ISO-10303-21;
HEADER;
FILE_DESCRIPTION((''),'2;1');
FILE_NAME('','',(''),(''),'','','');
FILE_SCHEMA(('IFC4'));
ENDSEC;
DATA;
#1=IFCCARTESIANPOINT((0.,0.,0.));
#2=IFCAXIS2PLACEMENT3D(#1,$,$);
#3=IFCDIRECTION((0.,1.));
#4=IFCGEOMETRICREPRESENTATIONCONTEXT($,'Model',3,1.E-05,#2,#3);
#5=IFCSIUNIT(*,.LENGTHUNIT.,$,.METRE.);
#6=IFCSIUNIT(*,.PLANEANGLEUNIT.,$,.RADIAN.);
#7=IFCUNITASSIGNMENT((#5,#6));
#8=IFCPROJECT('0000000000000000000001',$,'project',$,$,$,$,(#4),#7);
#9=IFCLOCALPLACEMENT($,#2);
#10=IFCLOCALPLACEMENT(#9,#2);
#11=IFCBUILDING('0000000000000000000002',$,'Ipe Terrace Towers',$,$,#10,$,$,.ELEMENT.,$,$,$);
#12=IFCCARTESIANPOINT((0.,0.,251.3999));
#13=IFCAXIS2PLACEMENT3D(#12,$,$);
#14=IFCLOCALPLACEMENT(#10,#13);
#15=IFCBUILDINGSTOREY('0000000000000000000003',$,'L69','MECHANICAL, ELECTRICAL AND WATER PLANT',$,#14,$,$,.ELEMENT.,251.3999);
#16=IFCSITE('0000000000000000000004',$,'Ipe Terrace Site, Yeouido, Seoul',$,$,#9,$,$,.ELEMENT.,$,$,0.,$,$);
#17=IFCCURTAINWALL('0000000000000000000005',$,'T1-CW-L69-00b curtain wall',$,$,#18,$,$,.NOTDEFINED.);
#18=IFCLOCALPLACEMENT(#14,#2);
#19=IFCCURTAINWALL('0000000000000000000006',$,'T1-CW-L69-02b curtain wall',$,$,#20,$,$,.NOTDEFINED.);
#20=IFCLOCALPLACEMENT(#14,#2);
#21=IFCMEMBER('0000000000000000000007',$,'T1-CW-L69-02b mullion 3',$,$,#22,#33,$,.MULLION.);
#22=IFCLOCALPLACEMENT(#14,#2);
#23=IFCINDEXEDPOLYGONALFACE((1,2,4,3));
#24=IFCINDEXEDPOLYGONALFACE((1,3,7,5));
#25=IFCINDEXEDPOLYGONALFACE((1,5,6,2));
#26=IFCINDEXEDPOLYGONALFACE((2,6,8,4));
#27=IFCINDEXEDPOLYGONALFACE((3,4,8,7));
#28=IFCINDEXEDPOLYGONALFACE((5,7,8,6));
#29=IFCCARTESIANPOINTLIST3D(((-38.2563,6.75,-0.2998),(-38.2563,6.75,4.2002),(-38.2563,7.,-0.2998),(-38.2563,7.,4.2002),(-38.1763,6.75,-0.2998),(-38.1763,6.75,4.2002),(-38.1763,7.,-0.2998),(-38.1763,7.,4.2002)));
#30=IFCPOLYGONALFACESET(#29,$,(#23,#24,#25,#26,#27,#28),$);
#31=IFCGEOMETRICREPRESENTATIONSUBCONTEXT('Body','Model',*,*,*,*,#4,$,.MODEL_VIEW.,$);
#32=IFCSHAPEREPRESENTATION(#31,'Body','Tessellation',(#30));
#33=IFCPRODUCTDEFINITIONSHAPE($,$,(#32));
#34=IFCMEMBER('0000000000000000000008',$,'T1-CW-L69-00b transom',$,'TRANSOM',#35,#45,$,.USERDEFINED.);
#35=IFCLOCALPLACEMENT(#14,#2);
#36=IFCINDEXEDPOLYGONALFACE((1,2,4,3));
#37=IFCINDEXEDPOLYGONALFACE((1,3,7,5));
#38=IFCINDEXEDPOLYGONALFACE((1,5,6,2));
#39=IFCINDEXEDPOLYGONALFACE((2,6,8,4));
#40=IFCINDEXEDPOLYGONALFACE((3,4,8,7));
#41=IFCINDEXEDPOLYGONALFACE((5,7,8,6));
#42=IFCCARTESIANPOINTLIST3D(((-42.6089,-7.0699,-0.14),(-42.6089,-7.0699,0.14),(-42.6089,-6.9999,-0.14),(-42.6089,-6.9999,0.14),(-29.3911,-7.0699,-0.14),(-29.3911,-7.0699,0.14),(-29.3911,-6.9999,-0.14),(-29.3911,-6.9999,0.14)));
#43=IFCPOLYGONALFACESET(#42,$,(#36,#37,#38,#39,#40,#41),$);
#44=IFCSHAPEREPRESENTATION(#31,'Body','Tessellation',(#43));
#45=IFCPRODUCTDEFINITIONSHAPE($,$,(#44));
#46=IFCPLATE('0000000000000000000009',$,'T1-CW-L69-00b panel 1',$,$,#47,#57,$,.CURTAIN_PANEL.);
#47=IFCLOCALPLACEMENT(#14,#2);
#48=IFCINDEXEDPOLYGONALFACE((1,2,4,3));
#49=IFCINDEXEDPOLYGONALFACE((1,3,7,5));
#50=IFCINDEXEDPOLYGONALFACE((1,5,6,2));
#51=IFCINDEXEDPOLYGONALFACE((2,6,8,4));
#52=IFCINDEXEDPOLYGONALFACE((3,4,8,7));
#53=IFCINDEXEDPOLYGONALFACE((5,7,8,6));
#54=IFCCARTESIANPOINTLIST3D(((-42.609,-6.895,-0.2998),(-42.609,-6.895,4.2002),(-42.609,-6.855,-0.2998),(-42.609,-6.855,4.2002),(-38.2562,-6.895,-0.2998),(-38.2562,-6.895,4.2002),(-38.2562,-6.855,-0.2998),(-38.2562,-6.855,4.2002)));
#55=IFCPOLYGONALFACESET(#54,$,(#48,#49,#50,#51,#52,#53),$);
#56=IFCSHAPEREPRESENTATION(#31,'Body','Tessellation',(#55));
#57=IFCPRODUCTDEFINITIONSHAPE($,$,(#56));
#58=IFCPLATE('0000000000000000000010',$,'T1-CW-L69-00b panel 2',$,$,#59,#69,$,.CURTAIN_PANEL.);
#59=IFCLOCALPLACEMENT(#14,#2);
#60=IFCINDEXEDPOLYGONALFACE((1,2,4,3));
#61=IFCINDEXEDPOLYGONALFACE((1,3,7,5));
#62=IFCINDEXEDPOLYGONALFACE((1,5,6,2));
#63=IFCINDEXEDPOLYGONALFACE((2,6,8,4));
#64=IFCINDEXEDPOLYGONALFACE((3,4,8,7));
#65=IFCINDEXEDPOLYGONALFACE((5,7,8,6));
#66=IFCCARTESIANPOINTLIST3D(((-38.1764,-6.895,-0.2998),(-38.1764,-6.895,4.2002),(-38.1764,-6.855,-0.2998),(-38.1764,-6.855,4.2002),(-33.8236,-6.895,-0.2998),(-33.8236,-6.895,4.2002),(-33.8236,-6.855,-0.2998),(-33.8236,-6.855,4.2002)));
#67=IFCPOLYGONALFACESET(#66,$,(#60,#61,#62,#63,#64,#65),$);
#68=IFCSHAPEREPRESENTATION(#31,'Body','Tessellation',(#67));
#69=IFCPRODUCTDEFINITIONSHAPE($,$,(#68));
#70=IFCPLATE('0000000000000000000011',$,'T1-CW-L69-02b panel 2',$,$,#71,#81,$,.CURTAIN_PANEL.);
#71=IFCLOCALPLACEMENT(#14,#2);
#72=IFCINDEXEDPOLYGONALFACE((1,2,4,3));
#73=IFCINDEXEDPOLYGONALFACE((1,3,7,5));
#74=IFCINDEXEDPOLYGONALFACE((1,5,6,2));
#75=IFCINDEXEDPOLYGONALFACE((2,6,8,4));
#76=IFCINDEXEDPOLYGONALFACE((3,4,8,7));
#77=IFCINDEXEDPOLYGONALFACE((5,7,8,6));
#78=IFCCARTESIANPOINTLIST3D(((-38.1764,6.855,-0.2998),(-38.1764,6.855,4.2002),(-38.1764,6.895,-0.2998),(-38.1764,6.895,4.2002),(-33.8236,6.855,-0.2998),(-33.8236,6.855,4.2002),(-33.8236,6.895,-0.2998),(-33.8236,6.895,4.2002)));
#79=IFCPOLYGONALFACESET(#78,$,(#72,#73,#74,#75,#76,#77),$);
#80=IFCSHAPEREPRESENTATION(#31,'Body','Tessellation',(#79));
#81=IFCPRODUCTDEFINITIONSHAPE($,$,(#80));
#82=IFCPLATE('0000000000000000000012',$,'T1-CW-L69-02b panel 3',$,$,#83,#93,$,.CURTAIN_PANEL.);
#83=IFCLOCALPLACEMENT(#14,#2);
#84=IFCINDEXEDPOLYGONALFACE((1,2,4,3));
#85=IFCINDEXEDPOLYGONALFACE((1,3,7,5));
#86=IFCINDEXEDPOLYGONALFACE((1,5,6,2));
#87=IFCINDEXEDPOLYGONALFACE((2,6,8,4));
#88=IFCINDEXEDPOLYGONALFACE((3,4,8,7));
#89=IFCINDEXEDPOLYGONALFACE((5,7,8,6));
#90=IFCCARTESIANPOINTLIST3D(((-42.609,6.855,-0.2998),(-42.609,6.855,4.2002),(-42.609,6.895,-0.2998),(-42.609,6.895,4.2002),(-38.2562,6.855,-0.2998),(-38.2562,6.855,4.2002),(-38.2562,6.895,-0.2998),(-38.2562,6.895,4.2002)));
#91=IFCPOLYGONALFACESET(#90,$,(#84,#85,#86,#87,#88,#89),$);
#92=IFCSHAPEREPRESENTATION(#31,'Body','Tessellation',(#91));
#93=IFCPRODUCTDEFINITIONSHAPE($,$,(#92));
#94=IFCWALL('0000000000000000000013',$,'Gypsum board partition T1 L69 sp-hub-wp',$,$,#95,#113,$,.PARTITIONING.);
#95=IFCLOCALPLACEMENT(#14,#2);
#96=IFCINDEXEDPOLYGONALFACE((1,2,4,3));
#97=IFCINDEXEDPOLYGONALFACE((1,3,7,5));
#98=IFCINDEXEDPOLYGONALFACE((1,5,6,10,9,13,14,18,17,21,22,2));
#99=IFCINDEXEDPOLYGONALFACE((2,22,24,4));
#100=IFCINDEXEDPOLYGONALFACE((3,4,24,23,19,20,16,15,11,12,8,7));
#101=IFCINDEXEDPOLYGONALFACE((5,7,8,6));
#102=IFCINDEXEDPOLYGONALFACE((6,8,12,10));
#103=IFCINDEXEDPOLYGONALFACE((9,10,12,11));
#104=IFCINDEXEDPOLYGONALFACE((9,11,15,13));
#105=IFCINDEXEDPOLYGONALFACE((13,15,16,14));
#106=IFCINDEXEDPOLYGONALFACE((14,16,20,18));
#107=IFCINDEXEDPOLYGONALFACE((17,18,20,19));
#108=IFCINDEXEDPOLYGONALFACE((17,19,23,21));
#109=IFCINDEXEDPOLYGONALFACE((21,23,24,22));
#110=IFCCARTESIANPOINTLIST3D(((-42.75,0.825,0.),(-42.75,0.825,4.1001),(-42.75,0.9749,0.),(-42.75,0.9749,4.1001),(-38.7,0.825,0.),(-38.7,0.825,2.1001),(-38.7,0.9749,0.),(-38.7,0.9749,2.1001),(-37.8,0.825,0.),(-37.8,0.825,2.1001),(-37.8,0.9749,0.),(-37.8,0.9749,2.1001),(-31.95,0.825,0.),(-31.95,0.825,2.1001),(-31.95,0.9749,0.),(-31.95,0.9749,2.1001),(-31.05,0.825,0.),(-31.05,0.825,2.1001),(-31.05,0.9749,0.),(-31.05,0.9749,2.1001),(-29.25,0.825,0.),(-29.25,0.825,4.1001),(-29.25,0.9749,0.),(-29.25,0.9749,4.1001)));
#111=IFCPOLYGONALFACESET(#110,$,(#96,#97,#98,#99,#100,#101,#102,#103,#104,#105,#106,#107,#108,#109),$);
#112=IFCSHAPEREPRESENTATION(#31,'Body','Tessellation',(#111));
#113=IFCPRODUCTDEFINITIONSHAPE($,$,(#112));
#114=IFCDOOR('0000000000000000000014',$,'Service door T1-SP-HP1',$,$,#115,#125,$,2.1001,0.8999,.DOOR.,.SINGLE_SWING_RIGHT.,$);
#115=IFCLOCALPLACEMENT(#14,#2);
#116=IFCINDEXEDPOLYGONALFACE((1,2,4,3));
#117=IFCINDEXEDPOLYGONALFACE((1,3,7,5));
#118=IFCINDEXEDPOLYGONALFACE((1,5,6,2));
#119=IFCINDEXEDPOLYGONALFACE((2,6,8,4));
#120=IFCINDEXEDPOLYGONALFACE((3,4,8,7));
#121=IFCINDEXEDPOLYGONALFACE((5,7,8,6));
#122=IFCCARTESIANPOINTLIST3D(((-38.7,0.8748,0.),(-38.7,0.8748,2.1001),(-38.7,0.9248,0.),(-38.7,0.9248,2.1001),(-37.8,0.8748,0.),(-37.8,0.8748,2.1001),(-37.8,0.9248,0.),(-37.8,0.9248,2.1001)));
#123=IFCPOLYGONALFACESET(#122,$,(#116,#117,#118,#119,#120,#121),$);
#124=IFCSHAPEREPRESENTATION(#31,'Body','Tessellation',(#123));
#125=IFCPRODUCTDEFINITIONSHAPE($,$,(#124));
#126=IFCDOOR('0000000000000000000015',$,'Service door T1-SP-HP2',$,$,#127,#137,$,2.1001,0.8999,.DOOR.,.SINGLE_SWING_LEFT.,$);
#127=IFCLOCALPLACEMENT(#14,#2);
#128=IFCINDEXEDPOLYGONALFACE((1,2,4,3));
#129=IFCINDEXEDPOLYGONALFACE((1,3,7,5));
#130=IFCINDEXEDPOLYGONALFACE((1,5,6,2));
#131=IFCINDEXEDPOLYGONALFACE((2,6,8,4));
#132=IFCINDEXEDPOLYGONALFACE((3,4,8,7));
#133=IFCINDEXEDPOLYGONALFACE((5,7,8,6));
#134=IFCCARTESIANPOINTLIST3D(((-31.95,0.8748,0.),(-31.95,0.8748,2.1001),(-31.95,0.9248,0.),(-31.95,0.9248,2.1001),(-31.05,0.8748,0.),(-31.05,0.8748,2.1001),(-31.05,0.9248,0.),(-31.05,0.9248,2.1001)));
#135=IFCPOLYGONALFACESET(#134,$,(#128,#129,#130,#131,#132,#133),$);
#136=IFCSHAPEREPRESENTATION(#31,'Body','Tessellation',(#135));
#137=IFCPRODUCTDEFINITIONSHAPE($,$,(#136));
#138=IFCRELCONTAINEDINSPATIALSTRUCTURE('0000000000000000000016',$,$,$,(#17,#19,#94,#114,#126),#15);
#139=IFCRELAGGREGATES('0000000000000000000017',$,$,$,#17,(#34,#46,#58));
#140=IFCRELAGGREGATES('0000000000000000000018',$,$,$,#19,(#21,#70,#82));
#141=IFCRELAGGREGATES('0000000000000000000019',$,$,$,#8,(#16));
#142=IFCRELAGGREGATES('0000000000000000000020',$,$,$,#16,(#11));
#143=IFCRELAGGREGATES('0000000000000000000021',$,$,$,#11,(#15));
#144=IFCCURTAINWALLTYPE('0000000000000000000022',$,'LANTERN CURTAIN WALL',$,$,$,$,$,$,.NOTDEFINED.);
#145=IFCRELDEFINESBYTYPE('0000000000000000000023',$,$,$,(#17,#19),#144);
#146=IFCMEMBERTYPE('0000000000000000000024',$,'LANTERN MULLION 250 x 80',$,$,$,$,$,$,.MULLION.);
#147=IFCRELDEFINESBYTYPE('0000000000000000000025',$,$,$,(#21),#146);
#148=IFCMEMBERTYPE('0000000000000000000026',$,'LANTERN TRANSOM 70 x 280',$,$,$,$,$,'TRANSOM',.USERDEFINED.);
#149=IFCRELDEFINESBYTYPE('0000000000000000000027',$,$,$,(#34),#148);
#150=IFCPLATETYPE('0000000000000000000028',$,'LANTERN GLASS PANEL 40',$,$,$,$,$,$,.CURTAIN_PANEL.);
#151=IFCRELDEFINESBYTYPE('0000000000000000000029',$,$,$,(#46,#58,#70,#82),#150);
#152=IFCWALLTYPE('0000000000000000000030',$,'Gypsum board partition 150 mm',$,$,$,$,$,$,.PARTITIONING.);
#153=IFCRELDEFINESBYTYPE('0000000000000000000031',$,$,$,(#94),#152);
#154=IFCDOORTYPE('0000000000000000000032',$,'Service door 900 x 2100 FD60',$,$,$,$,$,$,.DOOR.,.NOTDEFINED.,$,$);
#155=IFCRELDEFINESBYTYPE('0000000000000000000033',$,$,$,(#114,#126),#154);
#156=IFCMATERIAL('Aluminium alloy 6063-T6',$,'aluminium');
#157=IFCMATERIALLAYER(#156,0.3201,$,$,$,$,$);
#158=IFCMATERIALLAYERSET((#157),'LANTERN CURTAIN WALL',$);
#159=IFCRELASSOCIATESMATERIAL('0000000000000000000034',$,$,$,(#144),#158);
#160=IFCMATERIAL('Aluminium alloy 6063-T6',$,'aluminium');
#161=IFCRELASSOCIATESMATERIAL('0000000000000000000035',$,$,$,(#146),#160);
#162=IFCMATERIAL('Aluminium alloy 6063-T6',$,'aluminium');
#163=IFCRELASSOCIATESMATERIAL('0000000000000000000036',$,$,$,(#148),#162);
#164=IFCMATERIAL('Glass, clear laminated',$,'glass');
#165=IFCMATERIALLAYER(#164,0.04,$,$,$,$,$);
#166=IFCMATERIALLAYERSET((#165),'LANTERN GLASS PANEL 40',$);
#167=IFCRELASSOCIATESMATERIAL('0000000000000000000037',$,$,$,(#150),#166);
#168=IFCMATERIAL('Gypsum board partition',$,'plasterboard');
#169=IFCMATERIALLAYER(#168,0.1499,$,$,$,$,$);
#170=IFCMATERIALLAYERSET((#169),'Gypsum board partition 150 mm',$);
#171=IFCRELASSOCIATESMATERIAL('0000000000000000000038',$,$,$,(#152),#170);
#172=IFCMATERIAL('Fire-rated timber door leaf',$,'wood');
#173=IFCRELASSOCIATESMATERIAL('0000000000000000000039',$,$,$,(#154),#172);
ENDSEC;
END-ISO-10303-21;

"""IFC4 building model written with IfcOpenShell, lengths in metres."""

from ifc_helpers import new_model, si_unit, direction, frame, frame_2d, origin, origin_2d, place, context, subcontext, project, spatial, rectangle, extrude, material, layer, layer_set, material_profile, profile_set, type_object, element, fill, aggregate, save


model = new_model("IFC4")

# Units and contexts
model_context = context("Model", 3, precision=1e-05, world=origin(), true_north=direction((0.0, 1.0)))
body_context = subcontext(model_context, "Body", "Model", "MODEL_VIEW")
ifc_project = project(units=[si_unit("LENGTHUNIT", "METRE"), si_unit("PLANEANGLEUNIT", "RADIAN")], contexts=[model_context])

# Site, building, storey
site_placement = place(None, origin())
site = spatial("IfcSite", under=ifc_project, at=site_placement, Name="Ipe Terrace Site, Yeouido, Seoul", CompositionType="ELEMENT", RefElevation=0.0)
building_placement = place(site_placement, origin())
building = spatial("IfcBuilding", under=site, at=building_placement, Name="Ipe Terrace Towers", CompositionType="ELEMENT")
storey_placement = place(building_placement, frame((0.0, 0.0, 251.3999)))
storey = spatial("IfcBuildingStorey", under=building, at=storey_placement, Name="L69", Description="MECHANICAL, ELECTRICAL AND WATER PLANT", CompositionType="ELEMENT", Elevation=251.3999)

# Curtain walls
ifc_material_1 = material(Name="Aluminium alloy 6063-T6", Category="aluminium")
ifc_layer_1 = layer(ifc_material_1, 0.3201)
ifc_layer_set_1 = layer_set([ifc_layer_1], Name="LANTERN CURTAIN WALL")
curtain_wall_type = type_object("IfcCurtainWallType", Name="LANTERN CURTAIN WALL", PredefinedType="NOTDEFINED", material=ifc_layer_set_1)
curtain_wall_1_placement = place(storey_placement, origin())
curtain_wall_1 = element("IfcCurtainWall", 1, at=curtain_wall_1_placement, inside=storey, type_object=curtain_wall_type, Name="T1-CW-L69-00b curtain wall", PredefinedType="NOTDEFINED")
curtain_wall_2_placement = place(storey_placement, origin())
curtain_wall_2 = element("IfcCurtainWall", 2, at=curtain_wall_2_placement, inside=storey, type_object=curtain_wall_type, Name="T1-CW-L69-02b curtain wall", PredefinedType="NOTDEFINED")

# Members
ifc_material_2 = material(Name="Aluminium alloy 6063-T6", Category="aluminium")
ifc_material_profile_1 = material_profile(ifc_material_2, rectangle(XDim=0.25, YDim=0.0801, at=origin_2d()), Name="LANTERN MULLION 250 x 80")
ifc_profile_set_1 = profile_set([ifc_material_profile_1], Name="Aluminium alloy 6063-T6")
member_type_1 = type_object("IfcMemberType", Name="LANTERN MULLION 250 x 80", PredefinedType="MULLION", material=ifc_profile_set_1)
member_1_placement = place(storey_placement, frame((-38.2163, 6.875, -0.2998), z_axis=(0.0, 0.0, 1.0), x_axis=(0.0, 1.0, 0.0)))
member_1 = element("IfcMember", 3, at=member_1_placement, type_object=member_type_1, Name="T1-CW-L69-02b mullion 3", PredefinedType="MULLION", context=body_context, shape_type="SweptSolid", body=[
    extrude(rectangle(XDim=0.25, YDim=0.0801, at=origin_2d()), origin(), (0.0, 0.0, 1.0), 4.5),
])
ifc_material_3 = material(Name="Aluminium alloy 6063-T6", Category="aluminium")
ifc_material_profile_2 = material_profile(ifc_material_3, rectangle(XDim=0.0701, YDim=0.28, at=origin_2d()), Name="LANTERN TRANSOM 70 x 280")
ifc_profile_set_2 = profile_set([ifc_material_profile_2], Name="Aluminium alloy 6063-T6")
member_type_2 = type_object("IfcMemberType", Name="LANTERN TRANSOM 70 x 280", ElementType="TRANSOM", PredefinedType="USERDEFINED", material=ifc_profile_set_2)
member_2_placement = place(storey_placement, frame((-42.6089, -7.0349, 0.0), z_axis=(1.0, 0.0, 0.0), x_axis=(0.0, -1.0, 0.0)))
member_2 = element("IfcMember", 4, at=member_2_placement, type_object=member_type_2, Name="T1-CW-L69-00b transom", ObjectType="TRANSOM", PredefinedType="USERDEFINED", context=body_context, shape_type="SweptSolid", body=[
    extrude(rectangle(XDim=0.0701, YDim=0.28, at=origin_2d()), origin(), (0.0, 0.0, 1.0), 13.2178),
])

# Plates
ifc_material_4 = material(Name="Glass, clear laminated", Category="glass")
ifc_layer_2 = layer(ifc_material_4, 0.04)
ifc_layer_set_2 = layer_set([ifc_layer_2], Name="LANTERN GLASS PANEL 40")
plate_type = type_object("IfcPlateType", Name="LANTERN GLASS PANEL 40", PredefinedType="CURTAIN_PANEL", material=ifc_layer_set_2)
plate_1_placement = place(storey_placement, frame((-40.4326, -6.875, -0.2998), z_axis=(0.0, 0.0, 1.0), x_axis=(1.0, 0.0, 0.0)))
plate_1 = element("IfcPlate", 5, at=plate_1_placement, type_object=plate_type, Name="T1-CW-L69-00b panel 1", PredefinedType="CURTAIN_PANEL", context=body_context, shape_type="SweptSolid", body=[
    extrude(rectangle(XDim=4.3528, YDim=0.04, at=origin_2d()), origin(), (0.0, 0.0, 1.0), 4.5),
])
plate_2_placement = place(storey_placement, frame((-36.0, -6.875, -0.2998), z_axis=(0.0, 0.0, 1.0), x_axis=(1.0, 0.0, 0.0)))
plate_2 = element("IfcPlate", 6, at=plate_2_placement, type_object=plate_type, Name="T1-CW-L69-00b panel 2", PredefinedType="CURTAIN_PANEL", context=body_context, shape_type="SweptSolid", body=[
    extrude(rectangle(XDim=4.3528, YDim=0.04, at=origin_2d()), origin(), (0.0, 0.0, 1.0), 4.5),
])
aggregate(curtain_wall_1, [member_2, plate_1, plate_2])
plate_3_placement = place(storey_placement, frame((-36.0, 6.875, -0.2998), z_axis=(0.0, 0.0, 1.0), x_axis=(-1.0, 0.0, 0.0)))
plate_3 = element("IfcPlate", 7, at=plate_3_placement, type_object=plate_type, Name="T1-CW-L69-02b panel 2", PredefinedType="CURTAIN_PANEL", context=body_context, shape_type="SweptSolid", body=[
    extrude(rectangle(XDim=4.3528, YDim=0.04, at=origin_2d()), origin(), (0.0, 0.0, 1.0), 4.5),
])
plate_4_placement = place(storey_placement, frame((-40.4326, 6.875, -0.2998), z_axis=(0.0, 0.0, 1.0), x_axis=(-1.0, 0.0, 0.0)))
plate_4 = element("IfcPlate", 8, at=plate_4_placement, type_object=plate_type, Name="T1-CW-L69-02b panel 3", PredefinedType="CURTAIN_PANEL", context=body_context, shape_type="SweptSolid", body=[
    extrude(rectangle(XDim=4.3528, YDim=0.04, at=origin_2d()), origin(), (0.0, 0.0, 1.0), 4.5),
])
aggregate(curtain_wall_2, [member_1, plate_3, plate_4])

# Wall, openings, doors
ifc_material_5 = material(Name="Gypsum board partition", Category="plasterboard")
ifc_layer_3 = layer(ifc_material_5, 0.1499)
ifc_layer_set_3 = layer_set([ifc_layer_3], Name="Gypsum board partition 150 mm")
wall_type_1 = type_object("IfcWallType", Name="Gypsum board partition 150 mm", PredefinedType="PARTITIONING", material=ifc_layer_set_3)
wall_1_placement = place(storey_placement, frame((-42.75, 0.8999, 0.0), z_axis=(0.0, 0.0, 1.0), x_axis=(1.0, 0.0, 0.0)))
wall_1 = element("IfcWall", 9, at=wall_1_placement, inside=storey, type_object=wall_type_1, Name="Gypsum board partition T1 L69 sp-hub-wp", PredefinedType="PARTITIONING", context=body_context, shape_type="SweptSolid", body=[
    extrude(rectangle(XDim=13.5, YDim=0.1499, at=frame_2d((6.75, 0.0))), origin(), (0.0, 0.0, 1.0), 4.1001),
])
opening_1_placement = place(wall_1_placement, frame((4.05, 0.0, 0.0)))
opening_1 = element("IfcOpeningElement", 10, at=opening_1_placement, cuts=wall_1, PredefinedType="OPENING", context=body_context, shape_type="SweptSolid", body=[
    extrude(rectangle(XDim=0.8999, YDim=2.1001, at=frame_2d((0.45, 1.05))), frame((0.0, 0.085, 0.0), z_axis=(0.0, -1.0, 0.0), x_axis=(1.0, 0.0, 0.0)), (0.0, 0.0, 1.0), 0.1699),
])
opening_2_placement = place(wall_1_placement, frame((10.8, 0.0, 0.0)))
opening_2 = element("IfcOpeningElement", 11, at=opening_2_placement, cuts=wall_1, PredefinedType="OPENING", context=body_context, shape_type="SweptSolid", body=[
    extrude(rectangle(XDim=0.8999, YDim=2.1001, at=frame_2d((0.45, 1.05))), frame((0.0, 0.085, 0.0), z_axis=(0.0, -1.0, 0.0), x_axis=(1.0, 0.0, 0.0)), (0.0, 0.0, 1.0), 0.1699),
])
ifc_material_6 = material(Name="Fire-rated timber door leaf", Category="wood")
door_type_1 = type_object("IfcDoorType", Name="Service door 900 x 2100 FD60", OperationType="NOTDEFINED", PredefinedType="DOOR", material=ifc_material_6)
door_1_placement = place(opening_1_placement, origin())
door_1 = element("IfcDoor", 12, at=door_1_placement, inside=storey, type_object=door_type_1, Name="Service door T1-SP-HP1", OperationType="SINGLE_SWING_RIGHT", OverallHeight=2.1001, OverallWidth=0.8999, PredefinedType="DOOR", context=body_context, shape_type="SweptSolid", body=[
    extrude(rectangle(XDim=0.8999, YDim=2.1001, at=frame_2d((0.45, 1.05))), frame((0.0, 0.0249, 0.0), z_axis=(0.0, -1.0, 0.0), x_axis=(1.0, 0.0, 0.0)), (0.0, 0.0, 1.0), 0.05),
])
fill(opening_1, door_1)
door_2_placement = place(opening_2_placement, origin())
door_2 = element("IfcDoor", 13, at=door_2_placement, inside=storey, type_object=door_type_1, Name="Service door T1-SP-HP2", OperationType="SINGLE_SWING_LEFT", OverallHeight=2.1001, OverallWidth=0.8999, PredefinedType="DOOR", context=body_context, shape_type="SweptSolid", body=[
    extrude(rectangle(XDim=0.8999, YDim=2.1001, at=frame_2d((0.45, 1.05))), frame((0.0, 0.0249, 0.0), z_axis=(0.0, -1.0, 0.0), x_axis=(1.0, 0.0, 0.0)), (0.0, 0.0, 1.0), 0.05),
])
fill(opening_2, door_2)

save(model, "model.ifc")
